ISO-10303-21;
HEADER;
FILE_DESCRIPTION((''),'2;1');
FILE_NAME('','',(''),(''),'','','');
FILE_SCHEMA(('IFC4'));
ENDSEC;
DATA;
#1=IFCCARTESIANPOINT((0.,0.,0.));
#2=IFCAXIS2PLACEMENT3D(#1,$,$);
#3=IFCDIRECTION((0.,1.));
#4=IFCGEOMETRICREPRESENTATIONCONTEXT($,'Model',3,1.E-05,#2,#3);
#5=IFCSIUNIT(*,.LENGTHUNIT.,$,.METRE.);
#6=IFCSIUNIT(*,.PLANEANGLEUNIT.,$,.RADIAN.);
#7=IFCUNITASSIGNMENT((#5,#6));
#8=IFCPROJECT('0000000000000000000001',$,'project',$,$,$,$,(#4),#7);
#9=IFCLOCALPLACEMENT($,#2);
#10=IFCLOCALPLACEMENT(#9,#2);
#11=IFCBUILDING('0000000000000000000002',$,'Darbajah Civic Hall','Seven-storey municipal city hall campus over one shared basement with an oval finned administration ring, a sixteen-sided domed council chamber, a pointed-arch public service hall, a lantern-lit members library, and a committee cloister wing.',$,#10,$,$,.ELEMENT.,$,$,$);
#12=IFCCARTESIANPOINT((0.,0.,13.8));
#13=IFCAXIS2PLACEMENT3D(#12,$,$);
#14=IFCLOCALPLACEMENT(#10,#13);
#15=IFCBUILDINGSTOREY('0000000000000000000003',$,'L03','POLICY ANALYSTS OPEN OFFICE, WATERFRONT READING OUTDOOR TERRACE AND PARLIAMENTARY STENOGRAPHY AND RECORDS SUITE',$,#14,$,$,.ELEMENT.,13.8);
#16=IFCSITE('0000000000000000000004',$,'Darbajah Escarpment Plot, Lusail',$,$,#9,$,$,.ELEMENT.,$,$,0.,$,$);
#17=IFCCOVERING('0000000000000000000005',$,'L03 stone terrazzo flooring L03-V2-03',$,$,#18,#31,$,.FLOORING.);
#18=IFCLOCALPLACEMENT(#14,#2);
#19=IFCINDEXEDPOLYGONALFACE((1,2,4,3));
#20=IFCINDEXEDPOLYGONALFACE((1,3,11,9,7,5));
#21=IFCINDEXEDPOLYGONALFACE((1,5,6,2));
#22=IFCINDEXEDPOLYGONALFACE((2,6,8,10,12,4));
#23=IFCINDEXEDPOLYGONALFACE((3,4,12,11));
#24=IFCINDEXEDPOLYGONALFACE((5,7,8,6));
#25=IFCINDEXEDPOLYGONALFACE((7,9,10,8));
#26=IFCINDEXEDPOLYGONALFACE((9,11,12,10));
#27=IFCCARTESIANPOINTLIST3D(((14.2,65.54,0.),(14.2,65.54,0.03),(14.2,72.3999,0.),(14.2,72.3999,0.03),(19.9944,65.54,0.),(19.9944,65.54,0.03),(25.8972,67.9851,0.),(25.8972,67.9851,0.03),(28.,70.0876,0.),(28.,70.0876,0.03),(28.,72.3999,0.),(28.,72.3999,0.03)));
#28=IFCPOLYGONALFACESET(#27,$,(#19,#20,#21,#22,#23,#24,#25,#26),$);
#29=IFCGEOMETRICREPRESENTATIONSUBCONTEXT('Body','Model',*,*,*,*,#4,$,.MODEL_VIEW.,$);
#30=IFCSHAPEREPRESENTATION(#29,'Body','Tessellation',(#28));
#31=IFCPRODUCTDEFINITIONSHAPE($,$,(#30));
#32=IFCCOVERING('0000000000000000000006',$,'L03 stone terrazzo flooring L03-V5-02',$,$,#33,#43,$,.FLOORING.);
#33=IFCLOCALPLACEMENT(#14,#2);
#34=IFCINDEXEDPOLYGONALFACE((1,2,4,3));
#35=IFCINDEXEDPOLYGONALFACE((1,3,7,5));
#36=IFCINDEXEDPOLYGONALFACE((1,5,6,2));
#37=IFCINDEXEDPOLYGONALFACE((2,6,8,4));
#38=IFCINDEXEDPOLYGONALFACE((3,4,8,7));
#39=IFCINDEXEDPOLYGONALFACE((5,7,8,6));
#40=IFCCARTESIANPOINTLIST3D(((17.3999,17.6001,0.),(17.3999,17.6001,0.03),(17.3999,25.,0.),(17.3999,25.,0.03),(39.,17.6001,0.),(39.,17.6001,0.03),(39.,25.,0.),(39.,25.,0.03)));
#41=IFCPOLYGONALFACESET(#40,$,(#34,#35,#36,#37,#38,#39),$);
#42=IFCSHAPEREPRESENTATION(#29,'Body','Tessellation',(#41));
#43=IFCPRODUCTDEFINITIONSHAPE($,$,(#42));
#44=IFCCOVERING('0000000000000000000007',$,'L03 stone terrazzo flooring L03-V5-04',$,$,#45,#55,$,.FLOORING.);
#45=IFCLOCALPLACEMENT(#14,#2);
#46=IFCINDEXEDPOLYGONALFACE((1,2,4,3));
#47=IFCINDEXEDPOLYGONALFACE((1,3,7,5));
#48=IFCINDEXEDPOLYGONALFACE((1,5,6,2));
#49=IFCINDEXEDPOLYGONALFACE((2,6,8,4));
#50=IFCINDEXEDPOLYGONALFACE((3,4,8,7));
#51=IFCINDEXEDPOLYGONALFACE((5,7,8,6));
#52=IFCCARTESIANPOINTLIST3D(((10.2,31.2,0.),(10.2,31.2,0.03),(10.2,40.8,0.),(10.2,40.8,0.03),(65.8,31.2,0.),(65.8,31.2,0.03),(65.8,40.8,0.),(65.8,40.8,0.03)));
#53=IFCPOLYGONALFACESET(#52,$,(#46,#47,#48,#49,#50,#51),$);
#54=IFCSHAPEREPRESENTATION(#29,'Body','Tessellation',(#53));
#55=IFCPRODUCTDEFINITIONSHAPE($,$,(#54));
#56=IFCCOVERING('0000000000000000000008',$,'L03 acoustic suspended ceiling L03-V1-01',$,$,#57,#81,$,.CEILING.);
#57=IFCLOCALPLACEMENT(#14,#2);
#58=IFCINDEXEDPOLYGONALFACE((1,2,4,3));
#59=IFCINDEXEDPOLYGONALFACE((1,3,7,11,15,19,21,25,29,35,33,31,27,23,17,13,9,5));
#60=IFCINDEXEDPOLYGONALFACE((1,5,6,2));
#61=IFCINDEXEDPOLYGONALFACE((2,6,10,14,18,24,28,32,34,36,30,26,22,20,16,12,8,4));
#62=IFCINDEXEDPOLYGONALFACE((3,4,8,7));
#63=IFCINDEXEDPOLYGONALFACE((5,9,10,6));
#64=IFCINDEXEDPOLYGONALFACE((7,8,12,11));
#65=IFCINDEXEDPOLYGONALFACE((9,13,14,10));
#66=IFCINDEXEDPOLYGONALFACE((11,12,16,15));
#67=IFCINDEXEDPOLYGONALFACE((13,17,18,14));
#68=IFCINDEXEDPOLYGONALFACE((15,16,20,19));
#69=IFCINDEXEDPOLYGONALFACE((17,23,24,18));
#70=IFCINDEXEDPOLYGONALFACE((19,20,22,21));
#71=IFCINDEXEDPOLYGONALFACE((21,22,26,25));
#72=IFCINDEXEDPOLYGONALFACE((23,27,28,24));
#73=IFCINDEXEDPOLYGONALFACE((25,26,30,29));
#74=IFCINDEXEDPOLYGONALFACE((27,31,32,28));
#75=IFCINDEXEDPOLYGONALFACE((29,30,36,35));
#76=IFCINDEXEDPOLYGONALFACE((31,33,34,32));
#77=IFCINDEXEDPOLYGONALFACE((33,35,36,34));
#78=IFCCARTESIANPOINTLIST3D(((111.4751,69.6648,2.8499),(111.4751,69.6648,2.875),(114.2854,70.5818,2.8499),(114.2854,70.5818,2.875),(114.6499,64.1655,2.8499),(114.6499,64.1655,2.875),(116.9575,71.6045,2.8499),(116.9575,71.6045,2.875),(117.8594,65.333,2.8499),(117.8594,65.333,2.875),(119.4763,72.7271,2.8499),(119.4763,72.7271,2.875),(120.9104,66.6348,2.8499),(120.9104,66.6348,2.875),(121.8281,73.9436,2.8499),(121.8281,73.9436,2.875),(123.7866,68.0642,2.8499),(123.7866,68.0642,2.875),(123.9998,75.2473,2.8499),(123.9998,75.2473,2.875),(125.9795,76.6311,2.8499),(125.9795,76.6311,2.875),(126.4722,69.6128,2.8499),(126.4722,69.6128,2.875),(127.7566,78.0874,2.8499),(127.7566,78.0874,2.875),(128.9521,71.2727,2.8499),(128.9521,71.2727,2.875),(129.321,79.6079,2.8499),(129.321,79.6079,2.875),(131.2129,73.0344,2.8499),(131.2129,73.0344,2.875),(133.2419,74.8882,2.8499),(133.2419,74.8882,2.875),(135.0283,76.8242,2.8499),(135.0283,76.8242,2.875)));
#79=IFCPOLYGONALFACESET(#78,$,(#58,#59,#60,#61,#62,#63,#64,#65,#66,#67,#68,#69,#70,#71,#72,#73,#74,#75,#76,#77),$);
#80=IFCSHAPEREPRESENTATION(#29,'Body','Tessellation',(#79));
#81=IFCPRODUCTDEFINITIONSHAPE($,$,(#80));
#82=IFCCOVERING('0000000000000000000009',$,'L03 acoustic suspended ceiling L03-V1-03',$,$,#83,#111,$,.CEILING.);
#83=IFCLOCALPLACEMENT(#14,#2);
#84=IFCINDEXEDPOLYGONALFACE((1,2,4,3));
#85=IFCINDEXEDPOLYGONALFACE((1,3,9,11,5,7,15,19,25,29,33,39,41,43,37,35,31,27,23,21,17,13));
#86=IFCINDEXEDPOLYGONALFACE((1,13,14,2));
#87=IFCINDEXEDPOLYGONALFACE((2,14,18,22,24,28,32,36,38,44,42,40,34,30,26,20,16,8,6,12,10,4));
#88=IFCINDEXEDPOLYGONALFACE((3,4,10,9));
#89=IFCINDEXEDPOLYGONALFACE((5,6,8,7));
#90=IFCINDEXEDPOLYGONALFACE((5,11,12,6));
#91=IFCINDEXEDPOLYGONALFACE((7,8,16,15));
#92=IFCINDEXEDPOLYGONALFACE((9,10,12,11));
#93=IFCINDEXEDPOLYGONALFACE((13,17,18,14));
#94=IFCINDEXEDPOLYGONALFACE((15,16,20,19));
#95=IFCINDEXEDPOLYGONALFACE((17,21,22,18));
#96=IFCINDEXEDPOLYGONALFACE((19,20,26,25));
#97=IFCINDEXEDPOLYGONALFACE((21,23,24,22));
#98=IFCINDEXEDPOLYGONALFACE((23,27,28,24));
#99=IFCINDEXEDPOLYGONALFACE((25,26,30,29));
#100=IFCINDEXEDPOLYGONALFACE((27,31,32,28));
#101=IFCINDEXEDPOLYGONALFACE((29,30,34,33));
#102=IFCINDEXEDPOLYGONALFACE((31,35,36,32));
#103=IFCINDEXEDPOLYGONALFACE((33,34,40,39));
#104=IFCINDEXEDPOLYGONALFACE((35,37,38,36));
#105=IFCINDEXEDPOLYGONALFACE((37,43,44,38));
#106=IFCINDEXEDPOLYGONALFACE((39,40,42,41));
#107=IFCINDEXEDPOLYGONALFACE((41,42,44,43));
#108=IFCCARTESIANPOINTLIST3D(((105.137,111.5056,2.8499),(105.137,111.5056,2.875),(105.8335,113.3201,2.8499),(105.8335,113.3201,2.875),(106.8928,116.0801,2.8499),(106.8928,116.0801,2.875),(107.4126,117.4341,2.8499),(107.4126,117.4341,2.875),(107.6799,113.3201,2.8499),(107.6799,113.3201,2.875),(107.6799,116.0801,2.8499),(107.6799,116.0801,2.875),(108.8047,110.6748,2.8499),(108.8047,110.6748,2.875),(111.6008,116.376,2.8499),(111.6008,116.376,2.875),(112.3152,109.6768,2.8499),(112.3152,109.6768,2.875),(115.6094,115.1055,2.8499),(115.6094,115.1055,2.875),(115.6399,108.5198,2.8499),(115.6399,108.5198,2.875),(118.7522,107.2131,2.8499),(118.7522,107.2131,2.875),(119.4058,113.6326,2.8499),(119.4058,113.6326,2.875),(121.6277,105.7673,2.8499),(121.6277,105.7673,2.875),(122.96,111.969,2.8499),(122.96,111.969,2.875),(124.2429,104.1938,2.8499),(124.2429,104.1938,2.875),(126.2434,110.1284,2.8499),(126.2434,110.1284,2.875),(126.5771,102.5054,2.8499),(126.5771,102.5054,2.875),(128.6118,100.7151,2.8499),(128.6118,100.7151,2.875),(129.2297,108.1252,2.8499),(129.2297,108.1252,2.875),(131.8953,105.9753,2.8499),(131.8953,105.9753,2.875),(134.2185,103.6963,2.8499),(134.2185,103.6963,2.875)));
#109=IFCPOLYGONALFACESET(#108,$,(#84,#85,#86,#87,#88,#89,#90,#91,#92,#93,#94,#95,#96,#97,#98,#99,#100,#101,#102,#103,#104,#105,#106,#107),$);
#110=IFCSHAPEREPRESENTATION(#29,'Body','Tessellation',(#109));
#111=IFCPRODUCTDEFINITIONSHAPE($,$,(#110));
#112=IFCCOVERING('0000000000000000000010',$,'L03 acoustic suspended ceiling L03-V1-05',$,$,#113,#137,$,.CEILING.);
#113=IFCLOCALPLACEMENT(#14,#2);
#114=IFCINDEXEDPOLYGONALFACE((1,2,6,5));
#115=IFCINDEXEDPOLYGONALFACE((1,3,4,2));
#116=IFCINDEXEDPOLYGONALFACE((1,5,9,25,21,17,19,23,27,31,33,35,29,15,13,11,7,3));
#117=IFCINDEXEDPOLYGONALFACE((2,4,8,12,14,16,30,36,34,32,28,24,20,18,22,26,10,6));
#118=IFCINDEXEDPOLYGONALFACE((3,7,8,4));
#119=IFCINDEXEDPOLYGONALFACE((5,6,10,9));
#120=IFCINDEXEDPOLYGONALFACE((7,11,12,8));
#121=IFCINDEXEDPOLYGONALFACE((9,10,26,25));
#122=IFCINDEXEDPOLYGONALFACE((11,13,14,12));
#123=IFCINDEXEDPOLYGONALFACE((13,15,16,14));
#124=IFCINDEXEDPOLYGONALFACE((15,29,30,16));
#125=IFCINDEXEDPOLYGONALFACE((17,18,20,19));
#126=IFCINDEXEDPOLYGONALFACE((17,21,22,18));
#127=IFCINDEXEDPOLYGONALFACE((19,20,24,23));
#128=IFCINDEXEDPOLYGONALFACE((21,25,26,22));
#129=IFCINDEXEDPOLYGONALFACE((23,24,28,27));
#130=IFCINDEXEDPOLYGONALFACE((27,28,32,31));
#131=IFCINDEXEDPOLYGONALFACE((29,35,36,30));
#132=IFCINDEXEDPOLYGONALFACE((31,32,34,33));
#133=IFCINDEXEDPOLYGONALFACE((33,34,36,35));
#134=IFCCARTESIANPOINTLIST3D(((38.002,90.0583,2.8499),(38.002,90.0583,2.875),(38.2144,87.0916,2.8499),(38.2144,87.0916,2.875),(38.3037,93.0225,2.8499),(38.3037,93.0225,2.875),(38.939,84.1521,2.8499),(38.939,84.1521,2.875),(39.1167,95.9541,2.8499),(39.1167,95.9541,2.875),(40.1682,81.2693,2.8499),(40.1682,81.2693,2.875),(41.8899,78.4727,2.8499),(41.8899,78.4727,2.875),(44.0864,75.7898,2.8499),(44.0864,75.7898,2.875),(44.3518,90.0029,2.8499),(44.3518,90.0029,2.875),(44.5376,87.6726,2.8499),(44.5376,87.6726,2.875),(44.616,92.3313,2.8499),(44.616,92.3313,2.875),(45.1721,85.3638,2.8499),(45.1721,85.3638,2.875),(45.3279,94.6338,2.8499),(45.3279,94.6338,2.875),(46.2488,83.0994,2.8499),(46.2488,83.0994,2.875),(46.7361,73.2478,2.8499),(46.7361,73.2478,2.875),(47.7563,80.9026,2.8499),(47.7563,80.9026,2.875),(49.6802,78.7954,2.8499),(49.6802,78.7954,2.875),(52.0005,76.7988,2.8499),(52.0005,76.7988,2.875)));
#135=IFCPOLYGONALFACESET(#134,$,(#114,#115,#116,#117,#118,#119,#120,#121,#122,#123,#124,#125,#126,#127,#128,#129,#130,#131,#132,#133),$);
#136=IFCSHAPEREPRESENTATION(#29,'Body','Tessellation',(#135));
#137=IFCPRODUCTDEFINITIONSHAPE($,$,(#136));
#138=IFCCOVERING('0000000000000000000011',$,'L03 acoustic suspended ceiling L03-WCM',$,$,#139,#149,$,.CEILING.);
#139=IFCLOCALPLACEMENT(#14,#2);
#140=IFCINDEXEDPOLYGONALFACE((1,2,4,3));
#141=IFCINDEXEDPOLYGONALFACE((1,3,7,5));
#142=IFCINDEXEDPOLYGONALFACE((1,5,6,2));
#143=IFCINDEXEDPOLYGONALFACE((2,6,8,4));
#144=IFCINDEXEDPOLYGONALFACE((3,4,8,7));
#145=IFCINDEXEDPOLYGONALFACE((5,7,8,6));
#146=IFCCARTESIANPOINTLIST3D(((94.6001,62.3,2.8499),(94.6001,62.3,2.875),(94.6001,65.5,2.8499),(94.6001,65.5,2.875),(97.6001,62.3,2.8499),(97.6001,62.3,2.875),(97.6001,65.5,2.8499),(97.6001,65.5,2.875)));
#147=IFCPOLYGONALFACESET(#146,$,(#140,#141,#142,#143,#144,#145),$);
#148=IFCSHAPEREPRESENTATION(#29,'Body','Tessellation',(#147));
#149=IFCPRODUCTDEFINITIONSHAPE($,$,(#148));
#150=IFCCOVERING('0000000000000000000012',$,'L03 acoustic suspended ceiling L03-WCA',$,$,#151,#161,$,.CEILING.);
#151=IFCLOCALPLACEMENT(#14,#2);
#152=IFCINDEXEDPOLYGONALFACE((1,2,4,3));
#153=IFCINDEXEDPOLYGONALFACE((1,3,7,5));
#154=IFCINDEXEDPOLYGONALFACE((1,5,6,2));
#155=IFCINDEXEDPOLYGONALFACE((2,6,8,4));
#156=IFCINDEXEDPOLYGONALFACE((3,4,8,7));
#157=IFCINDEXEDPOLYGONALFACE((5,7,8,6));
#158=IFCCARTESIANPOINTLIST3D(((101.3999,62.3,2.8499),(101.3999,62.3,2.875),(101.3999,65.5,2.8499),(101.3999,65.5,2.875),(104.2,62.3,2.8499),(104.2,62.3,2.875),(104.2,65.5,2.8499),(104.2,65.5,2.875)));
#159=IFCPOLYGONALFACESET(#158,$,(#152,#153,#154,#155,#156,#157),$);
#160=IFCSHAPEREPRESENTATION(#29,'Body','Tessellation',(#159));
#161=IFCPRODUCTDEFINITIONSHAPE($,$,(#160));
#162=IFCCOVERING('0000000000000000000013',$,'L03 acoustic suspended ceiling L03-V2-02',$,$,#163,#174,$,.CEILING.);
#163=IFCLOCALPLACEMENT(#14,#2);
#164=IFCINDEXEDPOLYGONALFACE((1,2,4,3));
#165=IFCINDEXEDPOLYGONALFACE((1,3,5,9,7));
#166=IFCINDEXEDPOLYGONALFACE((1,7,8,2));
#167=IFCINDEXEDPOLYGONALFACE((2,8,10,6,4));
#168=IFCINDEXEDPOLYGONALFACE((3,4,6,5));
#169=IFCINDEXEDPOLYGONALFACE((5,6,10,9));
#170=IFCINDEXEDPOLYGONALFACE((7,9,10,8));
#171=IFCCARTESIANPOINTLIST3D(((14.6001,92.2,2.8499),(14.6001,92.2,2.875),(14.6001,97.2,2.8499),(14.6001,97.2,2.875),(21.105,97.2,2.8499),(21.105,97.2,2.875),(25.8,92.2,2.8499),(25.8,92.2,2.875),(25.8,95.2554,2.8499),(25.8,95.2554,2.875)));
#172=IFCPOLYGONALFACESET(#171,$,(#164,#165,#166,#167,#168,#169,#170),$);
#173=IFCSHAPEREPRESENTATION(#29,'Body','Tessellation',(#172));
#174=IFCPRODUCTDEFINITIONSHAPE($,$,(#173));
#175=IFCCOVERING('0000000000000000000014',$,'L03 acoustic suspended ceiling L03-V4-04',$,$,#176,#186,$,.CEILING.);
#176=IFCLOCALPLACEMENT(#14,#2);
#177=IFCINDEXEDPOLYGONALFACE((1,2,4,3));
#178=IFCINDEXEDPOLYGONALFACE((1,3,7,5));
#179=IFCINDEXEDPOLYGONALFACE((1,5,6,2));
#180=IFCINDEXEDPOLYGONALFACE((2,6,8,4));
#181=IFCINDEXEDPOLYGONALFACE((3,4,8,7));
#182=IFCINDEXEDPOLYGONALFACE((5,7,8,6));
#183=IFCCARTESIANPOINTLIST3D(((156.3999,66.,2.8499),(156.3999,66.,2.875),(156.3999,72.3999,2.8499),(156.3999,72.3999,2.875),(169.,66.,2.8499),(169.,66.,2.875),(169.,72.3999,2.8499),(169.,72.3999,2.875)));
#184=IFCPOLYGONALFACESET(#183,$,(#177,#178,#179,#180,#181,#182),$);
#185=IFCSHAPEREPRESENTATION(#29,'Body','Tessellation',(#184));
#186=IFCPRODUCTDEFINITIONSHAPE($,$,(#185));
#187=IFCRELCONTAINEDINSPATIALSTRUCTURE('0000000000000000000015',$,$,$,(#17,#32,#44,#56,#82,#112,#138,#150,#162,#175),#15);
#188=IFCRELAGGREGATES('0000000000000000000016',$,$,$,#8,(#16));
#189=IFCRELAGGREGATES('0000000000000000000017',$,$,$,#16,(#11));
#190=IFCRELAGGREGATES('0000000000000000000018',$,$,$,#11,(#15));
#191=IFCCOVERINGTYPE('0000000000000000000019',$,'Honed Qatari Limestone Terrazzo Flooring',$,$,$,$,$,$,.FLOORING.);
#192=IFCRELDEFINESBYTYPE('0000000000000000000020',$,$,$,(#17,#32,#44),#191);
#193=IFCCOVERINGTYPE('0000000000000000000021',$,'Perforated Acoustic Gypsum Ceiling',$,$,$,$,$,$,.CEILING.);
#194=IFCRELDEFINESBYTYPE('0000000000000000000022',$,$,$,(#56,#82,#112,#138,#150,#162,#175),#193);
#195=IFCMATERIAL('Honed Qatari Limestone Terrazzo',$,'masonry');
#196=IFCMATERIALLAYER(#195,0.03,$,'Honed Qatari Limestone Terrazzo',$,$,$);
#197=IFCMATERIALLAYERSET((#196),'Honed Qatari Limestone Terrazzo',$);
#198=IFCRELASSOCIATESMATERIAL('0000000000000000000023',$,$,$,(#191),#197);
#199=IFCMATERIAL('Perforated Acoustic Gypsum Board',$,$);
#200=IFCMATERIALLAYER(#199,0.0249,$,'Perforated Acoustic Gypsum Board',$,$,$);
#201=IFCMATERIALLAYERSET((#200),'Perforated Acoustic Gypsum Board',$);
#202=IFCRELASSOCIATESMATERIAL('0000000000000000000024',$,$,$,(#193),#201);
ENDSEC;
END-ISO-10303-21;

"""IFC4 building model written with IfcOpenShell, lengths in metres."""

from ifc_helpers import new_model, si_unit, direction, frame, origin, place, context, subcontext, project, spatial, polyline, outline, extrude, material, layer, layer_set, type_object, element, save


model = new_model("IFC4")

# Units and contexts
model_context = context("Model", 3, precision=1e-05, world=origin(), true_north=direction((0.0, 1.0)))
body_context = subcontext(model_context, "Body", "Model", "MODEL_VIEW")
ifc_project = project(units=[si_unit("LENGTHUNIT", "METRE"), si_unit("PLANEANGLEUNIT", "RADIAN")], contexts=[model_context])

# Site, building, storey
site_placement = place(None, origin())
site = spatial("IfcSite", under=ifc_project, at=site_placement, Name="Darbajah Escarpment Plot, Lusail", CompositionType="ELEMENT", RefElevation=0.0)
building_placement = place(site_placement, origin())
building = spatial("IfcBuilding", under=site, at=building_placement, Name="Darbajah Civic Hall", Description="Seven-storey municipal city hall campus over one shared basement with an oval finned administration ring, a sixteen-sided domed council chamber, a pointed-arch public service hall, a lantern-lit members library, and a committee cloister wing.", CompositionType="ELEMENT")
storey_placement = place(building_placement, frame((0.0, 0.0, 13.8)))
storey = spatial("IfcBuildingStorey", under=building, at=storey_placement, Name="L03", Description="POLICY ANALYSTS OPEN OFFICE, WATERFRONT READING OUTDOOR TERRACE AND PARLIAMENTARY STENOGRAPHY AND RECORDS SUITE", CompositionType="ELEMENT", Elevation=13.8)

# Coverings
ifc_material_1 = material(Name="Honed Qatari Limestone Terrazzo", Category="masonry")
ifc_layer_1 = layer(ifc_material_1, 0.03, Name="Honed Qatari Limestone Terrazzo")
ifc_layer_set_1 = layer_set([ifc_layer_1], Name="Honed Qatari Limestone Terrazzo")
covering_type_1 = type_object("IfcCoveringType", Name="Honed Qatari Limestone Terrazzo Flooring", PredefinedType="FLOORING", material=ifc_layer_set_1)
covering_1_placement = place(storey_placement, origin())
element("IfcCovering", 1, at=covering_1_placement, inside=storey, type_object=covering_type_1, Name="L03 stone terrazzo flooring L03-V2-03", PredefinedType="FLOORING", context=body_context, shape_type="SweptSolid", body=[
    extrude(outline(polyline([(14.2, 72.3999), (28.0, 72.3999), (28.0, 70.0876), (25.8972, 67.9851), (19.9944, 65.54), (14.2, 65.54), (14.2, 72.3999)])), origin(), (0.0, 0.0, 1.0), 0.03),
])
covering_2_placement = place(storey_placement, origin())
element("IfcCovering", 2, at=covering_2_placement, inside=storey, type_object=covering_type_1, Name="L03 stone terrazzo flooring L03-V5-02", PredefinedType="FLOORING", context=body_context, shape_type="SweptSolid", body=[
    extrude(outline(polyline([(17.3999, 17.6001), (39.0, 17.6001), (39.0, 25.0), (17.3999, 25.0), (17.3999, 17.6001)])), origin(), (0.0, 0.0, 1.0), 0.03),
])
covering_3_placement = place(storey_placement, origin())
element("IfcCovering", 3, at=covering_3_placement, inside=storey, type_object=covering_type_1, Name="L03 stone terrazzo flooring L03-V5-04", PredefinedType="FLOORING", context=body_context, shape_type="SweptSolid", body=[
    extrude(outline(polyline([(10.2, 31.2), (65.8, 31.2), (65.8, 40.8), (10.2, 40.8), (10.2, 31.2)])), origin(), (0.0, 0.0, 1.0), 0.03),
])
ifc_material_2 = material(Name="Perforated Acoustic Gypsum Board")
ifc_layer_2 = layer(ifc_material_2, 0.0249, Name="Perforated Acoustic Gypsum Board")
ifc_layer_set_2 = layer_set([ifc_layer_2], Name="Perforated Acoustic Gypsum Board")
covering_type_2 = type_object("IfcCoveringType", Name="Perforated Acoustic Gypsum Ceiling", PredefinedType="CEILING", material=ifc_layer_set_2)
covering_4_placement = place(storey_placement, frame((0.0, 0.0, 2.8499)))
element("IfcCovering", 4, at=covering_4_placement, inside=storey, type_object=covering_type_2, Name="L03 acoustic suspended ceiling L03-V1-01", PredefinedType="CEILING", context=body_context, shape_type="SweptSolid", body=[
    extrude(outline(polyline([(114.6499, 64.1655), (117.8594, 65.333), (120.9104, 66.6348), (123.7866, 68.0642), (126.4722, 69.6128), (128.9521, 71.2727), (131.2129, 73.0344), (133.2419, 74.8882), (135.0283, 76.8242), (129.321, 79.6079), (127.7566, 78.0874), (125.9795, 76.6311), (123.9998, 75.2473), (121.8281, 73.9436), (119.4763, 72.7271), (116.9575, 71.6045), (114.2854, 70.5818), (111.4751, 69.6648), (114.6499, 64.1655)])), origin(), (0.0, 0.0, 1.0), 0.0251),
])
covering_5_placement = place(storey_placement, frame((0.0, 0.0, 2.8499)))
element("IfcCovering", 5, at=covering_5_placement, inside=storey, type_object=covering_type_2, Name="L03 acoustic suspended ceiling L03-V1-03", PredefinedType="CEILING", context=body_context, shape_type="SweptSolid", body=[
    extrude(outline(polyline([(128.6118, 100.7151), (126.5771, 102.5054), (124.2429, 104.1938), (121.6277, 105.7673), (118.7522, 107.2131), (115.6399, 108.5198), (112.3152, 109.6768), (108.8047, 110.6748), (105.137, 111.5056), (105.8335, 113.3201), (107.6799, 113.3201), (107.6799, 116.0801), (106.8928, 116.0801), (107.4126, 117.4341), (111.6008, 116.376), (115.6094, 115.1055), (119.4058, 113.6326), (122.96, 111.969), (126.2434, 110.1284), (129.2297, 108.1252), (131.8953, 105.9753), (134.2185, 103.6963), (128.6118, 100.7151)])), origin(), (0.0, 0.0, 1.0), 0.0251),
])
covering_6_placement = place(storey_placement, frame((0.0, 0.0, 2.8499)))
element("IfcCovering", 6, at=covering_6_placement, inside=storey, type_object=covering_type_2, Name="L03 acoustic suspended ceiling L03-V1-05", PredefinedType="CEILING", context=body_context, shape_type="SweptSolid", body=[
    extrude(outline(polyline([(39.1167, 95.9541), (38.3037, 93.0225), (38.002, 90.0583), (38.2144, 87.0916), (38.939, 84.1521), (40.1682, 81.2693), (41.8899, 78.4727), (44.0864, 75.7898), (46.7361, 73.2478), (52.0005, 76.7988), (49.6802, 78.7954), (47.7563, 80.9026), (46.2488, 83.0994), (45.1721, 85.3638), (44.5376, 87.6726), (44.3518, 90.0029), (44.616, 92.3313), (45.3279, 94.6338), (39.1167, 95.9541)])), origin(), (0.0, 0.0, 1.0), 0.0251),
])
covering_7_placement = place(storey_placement, frame((0.0, 0.0, 2.8499)))
element("IfcCovering", 7, at=covering_7_placement, inside=storey, type_object=covering_type_2, Name="L03 acoustic suspended ceiling L03-WCM", PredefinedType="CEILING", context=body_context, shape_type="SweptSolid", body=[
    extrude(outline(polyline([(94.6001, 62.3), (97.6001, 62.3), (97.6001, 65.5), (94.6001, 65.5), (94.6001, 62.3)])), origin(), (0.0, 0.0, 1.0), 0.0251),
])
covering_8_placement = place(storey_placement, frame((0.0, 0.0, 2.8499)))
element("IfcCovering", 8, at=covering_8_placement, inside=storey, type_object=covering_type_2, Name="L03 acoustic suspended ceiling L03-WCA", PredefinedType="CEILING", context=body_context, shape_type="SweptSolid", body=[
    extrude(outline(polyline([(101.3999, 62.3), (104.2, 62.3), (104.2, 65.5), (101.3999, 65.5), (101.3999, 62.3)])), origin(), (0.0, 0.0, 1.0), 0.0251),
])
covering_9_placement = place(storey_placement, frame((0.0, 0.0, 2.8499)))
element("IfcCovering", 9, at=covering_9_placement, inside=storey, type_object=covering_type_2, Name="L03 acoustic suspended ceiling L03-V2-02", PredefinedType="CEILING", context=body_context, shape_type="SweptSolid", body=[
    extrude(outline(polyline([(14.6001, 97.2), (21.105, 97.2), (25.8, 95.2554), (25.8, 92.2), (14.6001, 92.2), (14.6001, 97.2)])), origin(), (0.0, 0.0, 1.0), 0.0251),
])
covering_10_placement = place(storey_placement, frame((0.0, 0.0, 2.8499)))
element("IfcCovering", 10, at=covering_10_placement, inside=storey, type_object=covering_type_2, Name="L03 acoustic suspended ceiling L03-V4-04", PredefinedType="CEILING", context=body_context, shape_type="SweptSolid", body=[
    extrude(outline(polyline([(156.3999, 66.0), (169.0, 66.0), (169.0, 72.3999), (156.3999, 72.3999), (156.3999, 66.0)])), origin(), (0.0, 0.0, 1.0), 0.0251),
])

save(model, "model.ifc")
